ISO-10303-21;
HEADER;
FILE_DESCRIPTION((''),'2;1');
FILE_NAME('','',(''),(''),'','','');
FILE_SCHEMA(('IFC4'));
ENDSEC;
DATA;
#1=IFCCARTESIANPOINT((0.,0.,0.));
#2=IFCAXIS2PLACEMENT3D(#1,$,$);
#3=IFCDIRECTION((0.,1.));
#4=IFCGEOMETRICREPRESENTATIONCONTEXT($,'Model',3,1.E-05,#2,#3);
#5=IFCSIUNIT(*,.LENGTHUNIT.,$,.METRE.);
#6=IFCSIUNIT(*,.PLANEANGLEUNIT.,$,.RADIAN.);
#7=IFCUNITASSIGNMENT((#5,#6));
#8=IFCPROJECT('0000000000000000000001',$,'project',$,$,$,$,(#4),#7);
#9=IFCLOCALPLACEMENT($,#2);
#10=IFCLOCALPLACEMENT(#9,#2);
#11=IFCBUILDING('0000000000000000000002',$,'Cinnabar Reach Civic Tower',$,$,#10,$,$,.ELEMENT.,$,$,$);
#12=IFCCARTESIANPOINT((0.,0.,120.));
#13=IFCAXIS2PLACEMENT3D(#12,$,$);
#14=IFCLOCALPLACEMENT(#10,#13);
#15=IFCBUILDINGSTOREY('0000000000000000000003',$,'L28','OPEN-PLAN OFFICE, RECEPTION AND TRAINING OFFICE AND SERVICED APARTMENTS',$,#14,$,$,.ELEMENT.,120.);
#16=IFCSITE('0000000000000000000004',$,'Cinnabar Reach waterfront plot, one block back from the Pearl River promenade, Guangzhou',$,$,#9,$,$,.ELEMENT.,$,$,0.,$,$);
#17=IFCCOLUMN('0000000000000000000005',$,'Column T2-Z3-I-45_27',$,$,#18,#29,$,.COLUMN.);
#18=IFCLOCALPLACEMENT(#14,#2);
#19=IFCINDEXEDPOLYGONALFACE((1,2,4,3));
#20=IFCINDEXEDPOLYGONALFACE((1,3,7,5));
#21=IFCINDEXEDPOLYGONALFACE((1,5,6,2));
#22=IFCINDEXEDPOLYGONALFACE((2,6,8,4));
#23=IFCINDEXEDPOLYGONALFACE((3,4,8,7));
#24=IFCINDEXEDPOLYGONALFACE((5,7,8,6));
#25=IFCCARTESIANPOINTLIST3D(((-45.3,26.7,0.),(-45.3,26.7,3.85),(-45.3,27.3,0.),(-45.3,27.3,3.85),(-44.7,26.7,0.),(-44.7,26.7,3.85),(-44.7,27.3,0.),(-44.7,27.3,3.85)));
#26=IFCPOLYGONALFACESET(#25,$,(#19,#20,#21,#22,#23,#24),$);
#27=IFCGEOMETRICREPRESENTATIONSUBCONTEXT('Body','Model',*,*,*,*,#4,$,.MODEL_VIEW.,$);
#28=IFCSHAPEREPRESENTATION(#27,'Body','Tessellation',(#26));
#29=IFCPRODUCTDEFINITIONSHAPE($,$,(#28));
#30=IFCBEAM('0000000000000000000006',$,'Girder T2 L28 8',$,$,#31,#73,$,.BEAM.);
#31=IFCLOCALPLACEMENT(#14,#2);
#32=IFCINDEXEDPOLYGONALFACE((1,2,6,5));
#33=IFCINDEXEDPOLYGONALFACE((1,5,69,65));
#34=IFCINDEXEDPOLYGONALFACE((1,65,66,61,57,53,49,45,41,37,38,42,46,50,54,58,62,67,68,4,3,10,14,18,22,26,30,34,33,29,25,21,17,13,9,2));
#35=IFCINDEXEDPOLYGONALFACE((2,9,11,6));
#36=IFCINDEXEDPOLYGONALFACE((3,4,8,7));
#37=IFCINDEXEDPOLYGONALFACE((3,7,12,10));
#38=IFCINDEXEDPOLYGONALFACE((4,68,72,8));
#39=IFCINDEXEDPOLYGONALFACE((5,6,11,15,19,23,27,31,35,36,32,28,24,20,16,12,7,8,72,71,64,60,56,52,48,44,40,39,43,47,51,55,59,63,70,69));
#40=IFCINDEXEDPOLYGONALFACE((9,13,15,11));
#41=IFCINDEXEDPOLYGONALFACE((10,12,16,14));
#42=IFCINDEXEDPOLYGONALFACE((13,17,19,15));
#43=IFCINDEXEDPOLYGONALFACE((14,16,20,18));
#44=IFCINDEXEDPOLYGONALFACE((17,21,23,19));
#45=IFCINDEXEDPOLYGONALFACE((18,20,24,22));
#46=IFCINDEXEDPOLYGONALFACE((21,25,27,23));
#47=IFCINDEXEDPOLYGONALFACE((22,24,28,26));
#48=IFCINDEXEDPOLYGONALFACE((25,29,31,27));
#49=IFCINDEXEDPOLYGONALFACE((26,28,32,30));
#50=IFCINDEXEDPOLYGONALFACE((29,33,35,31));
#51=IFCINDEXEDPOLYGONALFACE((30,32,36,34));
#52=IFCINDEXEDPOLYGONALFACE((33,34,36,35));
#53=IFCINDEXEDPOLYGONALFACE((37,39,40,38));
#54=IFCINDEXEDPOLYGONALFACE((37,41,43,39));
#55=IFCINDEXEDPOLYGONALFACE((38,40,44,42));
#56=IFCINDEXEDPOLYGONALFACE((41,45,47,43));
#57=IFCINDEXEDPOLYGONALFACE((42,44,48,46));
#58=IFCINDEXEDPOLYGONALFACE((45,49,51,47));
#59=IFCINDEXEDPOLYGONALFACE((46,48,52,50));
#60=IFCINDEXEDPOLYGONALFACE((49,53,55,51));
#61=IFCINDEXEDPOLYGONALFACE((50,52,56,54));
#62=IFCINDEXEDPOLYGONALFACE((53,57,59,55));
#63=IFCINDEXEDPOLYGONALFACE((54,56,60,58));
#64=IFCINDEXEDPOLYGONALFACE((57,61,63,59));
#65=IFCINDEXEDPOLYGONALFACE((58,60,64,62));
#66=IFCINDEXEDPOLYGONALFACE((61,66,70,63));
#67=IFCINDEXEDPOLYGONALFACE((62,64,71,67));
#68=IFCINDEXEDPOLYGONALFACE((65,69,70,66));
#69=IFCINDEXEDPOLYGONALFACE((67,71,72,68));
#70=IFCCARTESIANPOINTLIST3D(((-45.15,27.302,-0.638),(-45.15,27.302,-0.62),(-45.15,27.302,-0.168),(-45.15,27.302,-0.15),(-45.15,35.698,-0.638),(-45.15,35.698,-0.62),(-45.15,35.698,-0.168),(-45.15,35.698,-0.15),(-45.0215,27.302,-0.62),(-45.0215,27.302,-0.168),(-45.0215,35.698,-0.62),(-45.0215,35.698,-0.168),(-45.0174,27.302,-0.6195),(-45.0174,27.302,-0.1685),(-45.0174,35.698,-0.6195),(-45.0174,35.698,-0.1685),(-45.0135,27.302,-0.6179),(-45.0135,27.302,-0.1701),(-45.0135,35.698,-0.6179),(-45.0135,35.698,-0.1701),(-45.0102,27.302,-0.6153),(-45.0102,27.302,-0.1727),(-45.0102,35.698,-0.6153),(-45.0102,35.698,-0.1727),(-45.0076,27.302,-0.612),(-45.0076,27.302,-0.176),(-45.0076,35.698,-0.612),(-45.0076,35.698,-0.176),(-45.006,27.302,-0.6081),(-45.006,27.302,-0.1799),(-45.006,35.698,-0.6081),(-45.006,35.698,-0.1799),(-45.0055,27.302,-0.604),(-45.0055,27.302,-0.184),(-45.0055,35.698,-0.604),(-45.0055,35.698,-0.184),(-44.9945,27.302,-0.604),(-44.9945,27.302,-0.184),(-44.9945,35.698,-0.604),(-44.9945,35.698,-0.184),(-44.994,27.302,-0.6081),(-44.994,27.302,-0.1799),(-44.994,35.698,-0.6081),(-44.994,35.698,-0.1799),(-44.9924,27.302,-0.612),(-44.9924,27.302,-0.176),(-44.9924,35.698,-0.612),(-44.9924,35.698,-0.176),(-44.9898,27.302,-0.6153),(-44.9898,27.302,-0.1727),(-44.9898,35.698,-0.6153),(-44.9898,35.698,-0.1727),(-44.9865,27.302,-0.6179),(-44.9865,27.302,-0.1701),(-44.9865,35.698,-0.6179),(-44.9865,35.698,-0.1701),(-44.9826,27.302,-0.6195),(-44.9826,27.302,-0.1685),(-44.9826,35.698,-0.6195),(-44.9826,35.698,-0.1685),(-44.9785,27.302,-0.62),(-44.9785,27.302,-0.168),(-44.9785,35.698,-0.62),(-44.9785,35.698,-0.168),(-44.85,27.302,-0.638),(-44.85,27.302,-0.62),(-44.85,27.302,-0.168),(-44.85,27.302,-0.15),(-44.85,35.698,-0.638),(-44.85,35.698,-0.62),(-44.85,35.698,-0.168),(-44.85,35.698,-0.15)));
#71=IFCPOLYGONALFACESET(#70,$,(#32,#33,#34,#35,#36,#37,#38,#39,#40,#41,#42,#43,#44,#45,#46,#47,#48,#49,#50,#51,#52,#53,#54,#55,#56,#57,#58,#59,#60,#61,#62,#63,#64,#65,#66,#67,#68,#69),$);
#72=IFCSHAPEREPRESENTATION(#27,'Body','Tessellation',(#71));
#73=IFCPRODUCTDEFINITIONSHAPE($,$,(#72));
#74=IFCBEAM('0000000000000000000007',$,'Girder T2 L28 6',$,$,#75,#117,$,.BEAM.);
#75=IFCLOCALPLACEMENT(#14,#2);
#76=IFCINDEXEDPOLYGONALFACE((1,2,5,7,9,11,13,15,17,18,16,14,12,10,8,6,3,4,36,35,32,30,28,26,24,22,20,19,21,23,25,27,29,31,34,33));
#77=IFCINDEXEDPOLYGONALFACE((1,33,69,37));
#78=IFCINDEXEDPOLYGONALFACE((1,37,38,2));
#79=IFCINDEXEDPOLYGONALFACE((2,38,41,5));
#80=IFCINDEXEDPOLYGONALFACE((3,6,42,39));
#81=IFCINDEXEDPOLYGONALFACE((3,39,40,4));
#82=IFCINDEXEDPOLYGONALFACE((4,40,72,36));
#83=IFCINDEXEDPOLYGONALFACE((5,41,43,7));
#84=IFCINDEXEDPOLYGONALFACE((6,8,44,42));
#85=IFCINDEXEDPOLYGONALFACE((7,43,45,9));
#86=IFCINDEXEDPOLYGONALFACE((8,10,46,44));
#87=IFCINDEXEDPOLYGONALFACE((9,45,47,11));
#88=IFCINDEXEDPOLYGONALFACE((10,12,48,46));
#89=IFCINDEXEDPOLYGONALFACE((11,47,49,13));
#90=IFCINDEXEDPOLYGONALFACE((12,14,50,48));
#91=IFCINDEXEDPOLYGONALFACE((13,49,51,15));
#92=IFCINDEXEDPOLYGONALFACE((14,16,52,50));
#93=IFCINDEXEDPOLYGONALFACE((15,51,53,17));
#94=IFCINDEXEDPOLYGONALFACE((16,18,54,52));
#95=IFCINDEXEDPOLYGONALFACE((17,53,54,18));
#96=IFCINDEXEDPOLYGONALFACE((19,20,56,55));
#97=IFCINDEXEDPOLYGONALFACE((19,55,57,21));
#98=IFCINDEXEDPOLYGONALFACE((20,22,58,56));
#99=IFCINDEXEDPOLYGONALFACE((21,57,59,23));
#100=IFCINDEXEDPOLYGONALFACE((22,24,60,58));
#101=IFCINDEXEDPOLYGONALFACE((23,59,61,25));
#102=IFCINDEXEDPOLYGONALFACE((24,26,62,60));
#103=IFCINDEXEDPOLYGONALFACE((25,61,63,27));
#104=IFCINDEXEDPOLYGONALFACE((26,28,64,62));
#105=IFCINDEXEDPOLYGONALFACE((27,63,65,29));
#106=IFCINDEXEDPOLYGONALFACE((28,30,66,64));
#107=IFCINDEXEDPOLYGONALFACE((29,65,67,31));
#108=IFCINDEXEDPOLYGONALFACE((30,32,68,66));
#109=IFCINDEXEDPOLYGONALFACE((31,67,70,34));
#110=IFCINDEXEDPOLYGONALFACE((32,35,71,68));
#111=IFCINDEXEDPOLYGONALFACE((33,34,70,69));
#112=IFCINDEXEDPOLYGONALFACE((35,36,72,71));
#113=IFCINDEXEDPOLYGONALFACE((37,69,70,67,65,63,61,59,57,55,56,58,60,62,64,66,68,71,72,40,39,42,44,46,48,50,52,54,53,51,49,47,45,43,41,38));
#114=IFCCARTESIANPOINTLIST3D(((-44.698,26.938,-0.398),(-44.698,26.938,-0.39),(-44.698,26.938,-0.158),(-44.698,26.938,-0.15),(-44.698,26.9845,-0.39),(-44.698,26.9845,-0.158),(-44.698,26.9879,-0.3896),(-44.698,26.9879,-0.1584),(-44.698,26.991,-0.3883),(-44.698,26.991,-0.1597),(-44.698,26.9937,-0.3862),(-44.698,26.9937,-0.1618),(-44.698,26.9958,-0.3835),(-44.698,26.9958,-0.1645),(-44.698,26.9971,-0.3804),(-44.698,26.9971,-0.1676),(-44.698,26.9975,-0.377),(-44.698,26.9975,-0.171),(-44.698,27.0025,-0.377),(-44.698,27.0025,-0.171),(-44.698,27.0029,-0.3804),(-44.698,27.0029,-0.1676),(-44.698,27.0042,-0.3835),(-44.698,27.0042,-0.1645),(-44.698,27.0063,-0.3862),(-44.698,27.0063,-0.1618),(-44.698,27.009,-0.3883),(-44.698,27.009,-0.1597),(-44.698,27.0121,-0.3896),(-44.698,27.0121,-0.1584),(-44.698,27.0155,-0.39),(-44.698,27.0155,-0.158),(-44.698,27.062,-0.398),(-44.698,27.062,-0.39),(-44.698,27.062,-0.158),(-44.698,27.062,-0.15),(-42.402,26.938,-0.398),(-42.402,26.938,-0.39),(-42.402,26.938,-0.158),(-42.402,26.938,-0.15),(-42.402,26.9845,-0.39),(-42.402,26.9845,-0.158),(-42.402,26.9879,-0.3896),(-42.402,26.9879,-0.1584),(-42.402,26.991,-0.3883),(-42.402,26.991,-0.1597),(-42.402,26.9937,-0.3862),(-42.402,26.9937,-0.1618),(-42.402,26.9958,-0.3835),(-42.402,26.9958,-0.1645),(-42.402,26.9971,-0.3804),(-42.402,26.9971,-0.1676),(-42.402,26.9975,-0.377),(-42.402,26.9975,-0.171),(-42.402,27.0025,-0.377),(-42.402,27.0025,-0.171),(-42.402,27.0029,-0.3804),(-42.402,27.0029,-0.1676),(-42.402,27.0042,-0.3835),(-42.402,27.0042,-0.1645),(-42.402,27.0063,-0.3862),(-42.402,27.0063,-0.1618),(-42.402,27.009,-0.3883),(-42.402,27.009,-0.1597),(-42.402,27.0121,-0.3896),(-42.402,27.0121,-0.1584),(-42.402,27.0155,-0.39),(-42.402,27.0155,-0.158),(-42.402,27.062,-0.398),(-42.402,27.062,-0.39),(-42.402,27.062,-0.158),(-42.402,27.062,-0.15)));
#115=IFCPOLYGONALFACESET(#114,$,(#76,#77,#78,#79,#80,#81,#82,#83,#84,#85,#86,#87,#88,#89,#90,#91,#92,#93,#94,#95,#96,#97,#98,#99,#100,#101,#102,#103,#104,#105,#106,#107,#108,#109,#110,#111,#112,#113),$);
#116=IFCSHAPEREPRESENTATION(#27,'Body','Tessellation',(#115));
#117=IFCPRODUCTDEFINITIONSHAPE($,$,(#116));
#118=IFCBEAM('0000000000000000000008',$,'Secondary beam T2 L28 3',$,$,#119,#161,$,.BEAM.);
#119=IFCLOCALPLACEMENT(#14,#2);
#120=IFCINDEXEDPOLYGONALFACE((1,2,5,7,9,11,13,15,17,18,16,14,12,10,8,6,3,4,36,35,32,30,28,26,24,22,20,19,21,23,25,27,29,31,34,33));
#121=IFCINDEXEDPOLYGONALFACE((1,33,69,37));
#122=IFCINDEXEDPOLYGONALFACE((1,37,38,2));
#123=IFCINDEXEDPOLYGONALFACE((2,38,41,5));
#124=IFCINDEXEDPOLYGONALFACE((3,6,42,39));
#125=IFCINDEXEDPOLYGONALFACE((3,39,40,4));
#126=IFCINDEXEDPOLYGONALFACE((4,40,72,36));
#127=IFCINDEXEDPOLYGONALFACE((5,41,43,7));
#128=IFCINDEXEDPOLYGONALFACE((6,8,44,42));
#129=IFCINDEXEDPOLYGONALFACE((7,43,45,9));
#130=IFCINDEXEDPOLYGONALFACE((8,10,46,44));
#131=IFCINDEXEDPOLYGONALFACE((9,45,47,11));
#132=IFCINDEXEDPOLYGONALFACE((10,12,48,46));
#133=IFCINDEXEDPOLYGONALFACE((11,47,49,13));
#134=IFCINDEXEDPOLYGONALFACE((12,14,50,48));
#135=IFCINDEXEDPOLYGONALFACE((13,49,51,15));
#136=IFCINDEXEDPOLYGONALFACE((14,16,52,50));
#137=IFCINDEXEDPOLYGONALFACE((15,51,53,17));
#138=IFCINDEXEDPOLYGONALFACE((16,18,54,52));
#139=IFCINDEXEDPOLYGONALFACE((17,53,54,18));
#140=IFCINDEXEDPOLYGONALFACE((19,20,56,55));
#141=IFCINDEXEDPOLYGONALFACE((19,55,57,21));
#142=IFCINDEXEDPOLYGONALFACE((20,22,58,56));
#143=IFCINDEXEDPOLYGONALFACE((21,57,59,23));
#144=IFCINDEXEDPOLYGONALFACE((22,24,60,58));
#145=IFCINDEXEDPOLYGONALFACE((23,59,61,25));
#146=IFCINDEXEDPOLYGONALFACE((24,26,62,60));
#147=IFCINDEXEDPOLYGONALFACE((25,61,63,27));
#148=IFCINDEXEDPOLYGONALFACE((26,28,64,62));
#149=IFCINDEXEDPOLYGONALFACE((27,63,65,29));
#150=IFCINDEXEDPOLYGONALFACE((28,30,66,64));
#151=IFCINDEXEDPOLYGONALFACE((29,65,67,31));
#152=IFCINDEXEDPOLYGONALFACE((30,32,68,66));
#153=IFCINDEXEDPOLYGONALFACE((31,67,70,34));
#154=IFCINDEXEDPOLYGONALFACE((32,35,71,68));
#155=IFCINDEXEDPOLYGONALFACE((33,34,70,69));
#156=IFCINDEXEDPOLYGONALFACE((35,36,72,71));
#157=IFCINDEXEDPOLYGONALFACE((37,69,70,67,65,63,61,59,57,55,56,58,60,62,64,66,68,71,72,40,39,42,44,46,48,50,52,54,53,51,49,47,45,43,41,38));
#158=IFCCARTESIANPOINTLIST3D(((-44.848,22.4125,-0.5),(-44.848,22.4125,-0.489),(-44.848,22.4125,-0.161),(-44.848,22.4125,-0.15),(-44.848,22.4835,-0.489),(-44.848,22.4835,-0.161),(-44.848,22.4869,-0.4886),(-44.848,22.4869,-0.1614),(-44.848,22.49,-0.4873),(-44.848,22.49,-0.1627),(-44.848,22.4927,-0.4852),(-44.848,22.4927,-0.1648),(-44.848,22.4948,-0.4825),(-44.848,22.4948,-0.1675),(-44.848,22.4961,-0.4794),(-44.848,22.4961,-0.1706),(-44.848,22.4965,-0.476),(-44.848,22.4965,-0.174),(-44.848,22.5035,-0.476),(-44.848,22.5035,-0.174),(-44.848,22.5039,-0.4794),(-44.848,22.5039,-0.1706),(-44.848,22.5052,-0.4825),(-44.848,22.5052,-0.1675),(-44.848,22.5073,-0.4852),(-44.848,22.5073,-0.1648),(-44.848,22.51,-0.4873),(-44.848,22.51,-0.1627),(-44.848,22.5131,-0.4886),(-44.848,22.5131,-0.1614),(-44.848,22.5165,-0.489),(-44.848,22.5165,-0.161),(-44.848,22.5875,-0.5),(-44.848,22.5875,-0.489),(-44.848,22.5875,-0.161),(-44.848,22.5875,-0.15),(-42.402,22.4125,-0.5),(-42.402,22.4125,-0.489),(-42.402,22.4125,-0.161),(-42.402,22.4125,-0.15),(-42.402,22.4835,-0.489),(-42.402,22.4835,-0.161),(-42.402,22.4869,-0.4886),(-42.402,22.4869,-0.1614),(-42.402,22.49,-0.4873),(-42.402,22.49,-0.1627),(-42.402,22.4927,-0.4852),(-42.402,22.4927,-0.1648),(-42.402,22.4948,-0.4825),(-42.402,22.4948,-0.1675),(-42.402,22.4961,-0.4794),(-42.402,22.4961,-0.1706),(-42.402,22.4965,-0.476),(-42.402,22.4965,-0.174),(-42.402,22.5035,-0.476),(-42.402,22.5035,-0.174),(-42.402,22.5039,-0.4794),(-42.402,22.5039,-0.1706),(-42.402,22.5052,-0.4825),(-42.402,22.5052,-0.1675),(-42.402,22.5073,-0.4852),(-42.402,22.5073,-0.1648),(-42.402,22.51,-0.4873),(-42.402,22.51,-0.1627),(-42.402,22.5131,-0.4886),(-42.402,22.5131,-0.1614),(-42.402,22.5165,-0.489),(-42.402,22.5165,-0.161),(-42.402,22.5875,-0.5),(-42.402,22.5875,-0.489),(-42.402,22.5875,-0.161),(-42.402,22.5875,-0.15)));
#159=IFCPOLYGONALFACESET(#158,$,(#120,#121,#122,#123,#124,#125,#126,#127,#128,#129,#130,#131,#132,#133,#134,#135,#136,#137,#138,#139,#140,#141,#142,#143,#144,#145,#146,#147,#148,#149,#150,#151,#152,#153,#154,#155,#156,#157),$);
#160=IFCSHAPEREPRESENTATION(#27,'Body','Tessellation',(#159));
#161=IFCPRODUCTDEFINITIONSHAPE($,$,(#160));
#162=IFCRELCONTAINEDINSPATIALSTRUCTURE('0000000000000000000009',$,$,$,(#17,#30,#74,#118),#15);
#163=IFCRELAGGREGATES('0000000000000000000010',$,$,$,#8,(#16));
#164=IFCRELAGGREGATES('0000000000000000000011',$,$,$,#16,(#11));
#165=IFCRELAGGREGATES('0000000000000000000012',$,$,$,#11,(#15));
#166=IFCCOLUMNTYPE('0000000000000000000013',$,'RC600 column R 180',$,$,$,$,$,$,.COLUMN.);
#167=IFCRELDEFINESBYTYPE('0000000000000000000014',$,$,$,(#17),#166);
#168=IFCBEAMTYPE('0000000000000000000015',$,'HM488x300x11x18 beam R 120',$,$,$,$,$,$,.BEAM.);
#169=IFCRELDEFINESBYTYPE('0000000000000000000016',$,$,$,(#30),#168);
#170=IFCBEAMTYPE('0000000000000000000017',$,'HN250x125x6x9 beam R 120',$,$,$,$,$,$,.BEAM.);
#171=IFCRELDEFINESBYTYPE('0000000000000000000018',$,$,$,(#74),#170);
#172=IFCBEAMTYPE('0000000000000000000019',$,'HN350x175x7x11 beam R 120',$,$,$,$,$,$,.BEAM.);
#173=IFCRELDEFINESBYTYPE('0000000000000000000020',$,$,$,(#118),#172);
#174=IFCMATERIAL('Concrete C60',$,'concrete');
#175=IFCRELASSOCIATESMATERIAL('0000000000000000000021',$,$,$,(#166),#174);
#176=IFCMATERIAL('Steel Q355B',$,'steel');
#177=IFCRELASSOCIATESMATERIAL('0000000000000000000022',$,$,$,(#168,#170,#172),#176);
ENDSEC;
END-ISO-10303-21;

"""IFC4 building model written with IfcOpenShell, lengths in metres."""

from ifc_helpers import new_model, si_unit, direction, frame, origin, origin_2d, place, context, subcontext, project, spatial, rectangle, i_section, extrude, material, material_profile, profile_set, type_object, element, save


model = new_model("IFC4")

# Units and contexts
model_context = context("Model", 3, precision=1e-05, world=origin(), true_north=direction((0.0, 1.0)))
body_context = subcontext(model_context, "Body", "Model", "MODEL_VIEW")
ifc_project = project(units=[si_unit("LENGTHUNIT", "METRE"), si_unit("PLANEANGLEUNIT", "RADIAN")], contexts=[model_context])

# Site, building, storey
site_placement = place(None, origin())
site = spatial("IfcSite", under=ifc_project, at=site_placement, Name="Cinnabar Reach waterfront plot, one block back from the Pearl River promenade, Guangzhou", CompositionType="ELEMENT", RefElevation=0.0)
building_placement = place(site_placement, origin())
building = spatial("IfcBuilding", under=site, at=building_placement, Name="Cinnabar Reach Civic Tower", CompositionType="ELEMENT")
storey_placement = place(building_placement, frame((0.0, 0.0, 120.0)))
storey = spatial("IfcBuildingStorey", under=building, at=storey_placement, Name="L28", Description="OPEN-PLAN OFFICE, RECEPTION AND TRAINING OFFICE AND SERVICED APARTMENTS", CompositionType="ELEMENT", Elevation=120.0)

# Column
ifc_material_1 = material(Name="Concrete C60", Category="concrete")
ifc_material_profile_1 = material_profile(ifc_material_1, rectangle(XDim=0.6, YDim=0.6, at=origin_2d()), Name="RC600")
ifc_profile_set_1 = profile_set([ifc_material_profile_1], Name="Concrete C60")
column_type = type_object("IfcColumnType", Name="RC600 column R 180", PredefinedType="COLUMN", material=ifc_profile_set_1)
column_placement = place(storey_placement, frame((-45.0, 27.0, 0.0), z_axis=(0.0, 0.0, 1.0), x_axis=(1.0, 0.0, 0.0)))
element("IfcColumn", 1, at=column_placement, inside=storey, type_object=column_type, Name="Column T2-Z3-I-45_27", PredefinedType="COLUMN", context=body_context, shape_type="SweptSolid", body=[
    extrude(rectangle(XDim=0.6, YDim=0.6, at=origin_2d()), origin(), (0.0, 0.0, 1.0), 3.85),
])

# Beams
ifc_material_2 = material(Name="Steel Q355B", Category="steel")
ifc_material_profile_2 = material_profile(ifc_material_2, i_section(OverallWidth=0.3, OverallDepth=0.488, WebThickness=0.011, FlangeThickness=0.018, FilletRadius=0.016, at=origin_2d()), Name="HM488x300x11x18")
ifc_profile_set_2 = profile_set([ifc_material_profile_2], Name="Steel Q355B")
beam_type_1 = type_object("IfcBeamType", Name="HM488x300x11x18 beam R 120", PredefinedType="BEAM", material=ifc_profile_set_2)
beam_1_placement = place(storey_placement, frame((-45.0, 27.302, -0.394), z_axis=(0.0, 1.0, 0.0), x_axis=(-1.0, 0.0, 0.0)))
element("IfcBeam", 2, at=beam_1_placement, inside=storey, type_object=beam_type_1, Name="Girder T2 L28 8", PredefinedType="BEAM", context=body_context, shape_type="SweptSolid", body=[
    extrude(i_section(OverallWidth=0.3, OverallDepth=0.488, WebThickness=0.011, FlangeThickness=0.018, FilletRadius=0.016, at=origin_2d()), origin(), (0.0, 0.0, 1.0), 8.396),
])
ifc_material_profile_3 = material_profile(ifc_material_2, i_section(OverallWidth=0.124, OverallDepth=0.248, WebThickness=0.005, FlangeThickness=0.008, FilletRadius=0.013, at=origin_2d()), Name="HN250x125x6x9")
ifc_profile_set_3 = profile_set([ifc_material_profile_3], Name="Steel Q355B")
beam_type_2 = type_object("IfcBeamType", Name="HN250x125x6x9 beam R 120", PredefinedType="BEAM", material=ifc_profile_set_3)
beam_2_placement = place(storey_placement, frame((-44.698, 27.0, -0.274), z_axis=(1.0, 0.0, 0.0), x_axis=(0.0, 1.0, 0.0)))
element("IfcBeam", 3, at=beam_2_placement, inside=storey, type_object=beam_type_2, Name="Girder T2 L28 6", PredefinedType="BEAM", context=body_context, shape_type="SweptSolid", body=[
    extrude(i_section(OverallWidth=0.124, OverallDepth=0.248, WebThickness=0.005, FlangeThickness=0.008, FilletRadius=0.013, at=origin_2d()), origin(), (0.0, 0.0, 1.0), 2.296),
])
ifc_material_profile_4 = material_profile(ifc_material_2, i_section(OverallWidth=0.175, OverallDepth=0.35, WebThickness=0.007, FlangeThickness=0.011, FilletRadius=0.013, at=origin_2d()), Name="HN350x175x7x11")
ifc_profile_set_4 = profile_set([ifc_material_profile_4], Name="Steel Q355B")
beam_type_3 = type_object("IfcBeamType", Name="HN350x175x7x11 beam R 120", PredefinedType="BEAM", material=ifc_profile_set_4)
beam_3_placement = place(storey_placement, frame((-44.848, 22.5, -0.325), z_axis=(1.0, 0.0, 0.0), x_axis=(0.0, 1.0, 0.0)))
element("IfcBeam", 4, at=beam_3_placement, inside=storey, type_object=beam_type_3, Name="Secondary beam T2 L28 3", PredefinedType="BEAM", context=body_context, shape_type="SweptSolid", body=[
    extrude(i_section(OverallWidth=0.175, OverallDepth=0.35, WebThickness=0.007, FlangeThickness=0.011, FilletRadius=0.013, at=origin_2d()), origin(), (0.0, 0.0, 1.0), 2.446),
])

save(model, "model.ifc")
